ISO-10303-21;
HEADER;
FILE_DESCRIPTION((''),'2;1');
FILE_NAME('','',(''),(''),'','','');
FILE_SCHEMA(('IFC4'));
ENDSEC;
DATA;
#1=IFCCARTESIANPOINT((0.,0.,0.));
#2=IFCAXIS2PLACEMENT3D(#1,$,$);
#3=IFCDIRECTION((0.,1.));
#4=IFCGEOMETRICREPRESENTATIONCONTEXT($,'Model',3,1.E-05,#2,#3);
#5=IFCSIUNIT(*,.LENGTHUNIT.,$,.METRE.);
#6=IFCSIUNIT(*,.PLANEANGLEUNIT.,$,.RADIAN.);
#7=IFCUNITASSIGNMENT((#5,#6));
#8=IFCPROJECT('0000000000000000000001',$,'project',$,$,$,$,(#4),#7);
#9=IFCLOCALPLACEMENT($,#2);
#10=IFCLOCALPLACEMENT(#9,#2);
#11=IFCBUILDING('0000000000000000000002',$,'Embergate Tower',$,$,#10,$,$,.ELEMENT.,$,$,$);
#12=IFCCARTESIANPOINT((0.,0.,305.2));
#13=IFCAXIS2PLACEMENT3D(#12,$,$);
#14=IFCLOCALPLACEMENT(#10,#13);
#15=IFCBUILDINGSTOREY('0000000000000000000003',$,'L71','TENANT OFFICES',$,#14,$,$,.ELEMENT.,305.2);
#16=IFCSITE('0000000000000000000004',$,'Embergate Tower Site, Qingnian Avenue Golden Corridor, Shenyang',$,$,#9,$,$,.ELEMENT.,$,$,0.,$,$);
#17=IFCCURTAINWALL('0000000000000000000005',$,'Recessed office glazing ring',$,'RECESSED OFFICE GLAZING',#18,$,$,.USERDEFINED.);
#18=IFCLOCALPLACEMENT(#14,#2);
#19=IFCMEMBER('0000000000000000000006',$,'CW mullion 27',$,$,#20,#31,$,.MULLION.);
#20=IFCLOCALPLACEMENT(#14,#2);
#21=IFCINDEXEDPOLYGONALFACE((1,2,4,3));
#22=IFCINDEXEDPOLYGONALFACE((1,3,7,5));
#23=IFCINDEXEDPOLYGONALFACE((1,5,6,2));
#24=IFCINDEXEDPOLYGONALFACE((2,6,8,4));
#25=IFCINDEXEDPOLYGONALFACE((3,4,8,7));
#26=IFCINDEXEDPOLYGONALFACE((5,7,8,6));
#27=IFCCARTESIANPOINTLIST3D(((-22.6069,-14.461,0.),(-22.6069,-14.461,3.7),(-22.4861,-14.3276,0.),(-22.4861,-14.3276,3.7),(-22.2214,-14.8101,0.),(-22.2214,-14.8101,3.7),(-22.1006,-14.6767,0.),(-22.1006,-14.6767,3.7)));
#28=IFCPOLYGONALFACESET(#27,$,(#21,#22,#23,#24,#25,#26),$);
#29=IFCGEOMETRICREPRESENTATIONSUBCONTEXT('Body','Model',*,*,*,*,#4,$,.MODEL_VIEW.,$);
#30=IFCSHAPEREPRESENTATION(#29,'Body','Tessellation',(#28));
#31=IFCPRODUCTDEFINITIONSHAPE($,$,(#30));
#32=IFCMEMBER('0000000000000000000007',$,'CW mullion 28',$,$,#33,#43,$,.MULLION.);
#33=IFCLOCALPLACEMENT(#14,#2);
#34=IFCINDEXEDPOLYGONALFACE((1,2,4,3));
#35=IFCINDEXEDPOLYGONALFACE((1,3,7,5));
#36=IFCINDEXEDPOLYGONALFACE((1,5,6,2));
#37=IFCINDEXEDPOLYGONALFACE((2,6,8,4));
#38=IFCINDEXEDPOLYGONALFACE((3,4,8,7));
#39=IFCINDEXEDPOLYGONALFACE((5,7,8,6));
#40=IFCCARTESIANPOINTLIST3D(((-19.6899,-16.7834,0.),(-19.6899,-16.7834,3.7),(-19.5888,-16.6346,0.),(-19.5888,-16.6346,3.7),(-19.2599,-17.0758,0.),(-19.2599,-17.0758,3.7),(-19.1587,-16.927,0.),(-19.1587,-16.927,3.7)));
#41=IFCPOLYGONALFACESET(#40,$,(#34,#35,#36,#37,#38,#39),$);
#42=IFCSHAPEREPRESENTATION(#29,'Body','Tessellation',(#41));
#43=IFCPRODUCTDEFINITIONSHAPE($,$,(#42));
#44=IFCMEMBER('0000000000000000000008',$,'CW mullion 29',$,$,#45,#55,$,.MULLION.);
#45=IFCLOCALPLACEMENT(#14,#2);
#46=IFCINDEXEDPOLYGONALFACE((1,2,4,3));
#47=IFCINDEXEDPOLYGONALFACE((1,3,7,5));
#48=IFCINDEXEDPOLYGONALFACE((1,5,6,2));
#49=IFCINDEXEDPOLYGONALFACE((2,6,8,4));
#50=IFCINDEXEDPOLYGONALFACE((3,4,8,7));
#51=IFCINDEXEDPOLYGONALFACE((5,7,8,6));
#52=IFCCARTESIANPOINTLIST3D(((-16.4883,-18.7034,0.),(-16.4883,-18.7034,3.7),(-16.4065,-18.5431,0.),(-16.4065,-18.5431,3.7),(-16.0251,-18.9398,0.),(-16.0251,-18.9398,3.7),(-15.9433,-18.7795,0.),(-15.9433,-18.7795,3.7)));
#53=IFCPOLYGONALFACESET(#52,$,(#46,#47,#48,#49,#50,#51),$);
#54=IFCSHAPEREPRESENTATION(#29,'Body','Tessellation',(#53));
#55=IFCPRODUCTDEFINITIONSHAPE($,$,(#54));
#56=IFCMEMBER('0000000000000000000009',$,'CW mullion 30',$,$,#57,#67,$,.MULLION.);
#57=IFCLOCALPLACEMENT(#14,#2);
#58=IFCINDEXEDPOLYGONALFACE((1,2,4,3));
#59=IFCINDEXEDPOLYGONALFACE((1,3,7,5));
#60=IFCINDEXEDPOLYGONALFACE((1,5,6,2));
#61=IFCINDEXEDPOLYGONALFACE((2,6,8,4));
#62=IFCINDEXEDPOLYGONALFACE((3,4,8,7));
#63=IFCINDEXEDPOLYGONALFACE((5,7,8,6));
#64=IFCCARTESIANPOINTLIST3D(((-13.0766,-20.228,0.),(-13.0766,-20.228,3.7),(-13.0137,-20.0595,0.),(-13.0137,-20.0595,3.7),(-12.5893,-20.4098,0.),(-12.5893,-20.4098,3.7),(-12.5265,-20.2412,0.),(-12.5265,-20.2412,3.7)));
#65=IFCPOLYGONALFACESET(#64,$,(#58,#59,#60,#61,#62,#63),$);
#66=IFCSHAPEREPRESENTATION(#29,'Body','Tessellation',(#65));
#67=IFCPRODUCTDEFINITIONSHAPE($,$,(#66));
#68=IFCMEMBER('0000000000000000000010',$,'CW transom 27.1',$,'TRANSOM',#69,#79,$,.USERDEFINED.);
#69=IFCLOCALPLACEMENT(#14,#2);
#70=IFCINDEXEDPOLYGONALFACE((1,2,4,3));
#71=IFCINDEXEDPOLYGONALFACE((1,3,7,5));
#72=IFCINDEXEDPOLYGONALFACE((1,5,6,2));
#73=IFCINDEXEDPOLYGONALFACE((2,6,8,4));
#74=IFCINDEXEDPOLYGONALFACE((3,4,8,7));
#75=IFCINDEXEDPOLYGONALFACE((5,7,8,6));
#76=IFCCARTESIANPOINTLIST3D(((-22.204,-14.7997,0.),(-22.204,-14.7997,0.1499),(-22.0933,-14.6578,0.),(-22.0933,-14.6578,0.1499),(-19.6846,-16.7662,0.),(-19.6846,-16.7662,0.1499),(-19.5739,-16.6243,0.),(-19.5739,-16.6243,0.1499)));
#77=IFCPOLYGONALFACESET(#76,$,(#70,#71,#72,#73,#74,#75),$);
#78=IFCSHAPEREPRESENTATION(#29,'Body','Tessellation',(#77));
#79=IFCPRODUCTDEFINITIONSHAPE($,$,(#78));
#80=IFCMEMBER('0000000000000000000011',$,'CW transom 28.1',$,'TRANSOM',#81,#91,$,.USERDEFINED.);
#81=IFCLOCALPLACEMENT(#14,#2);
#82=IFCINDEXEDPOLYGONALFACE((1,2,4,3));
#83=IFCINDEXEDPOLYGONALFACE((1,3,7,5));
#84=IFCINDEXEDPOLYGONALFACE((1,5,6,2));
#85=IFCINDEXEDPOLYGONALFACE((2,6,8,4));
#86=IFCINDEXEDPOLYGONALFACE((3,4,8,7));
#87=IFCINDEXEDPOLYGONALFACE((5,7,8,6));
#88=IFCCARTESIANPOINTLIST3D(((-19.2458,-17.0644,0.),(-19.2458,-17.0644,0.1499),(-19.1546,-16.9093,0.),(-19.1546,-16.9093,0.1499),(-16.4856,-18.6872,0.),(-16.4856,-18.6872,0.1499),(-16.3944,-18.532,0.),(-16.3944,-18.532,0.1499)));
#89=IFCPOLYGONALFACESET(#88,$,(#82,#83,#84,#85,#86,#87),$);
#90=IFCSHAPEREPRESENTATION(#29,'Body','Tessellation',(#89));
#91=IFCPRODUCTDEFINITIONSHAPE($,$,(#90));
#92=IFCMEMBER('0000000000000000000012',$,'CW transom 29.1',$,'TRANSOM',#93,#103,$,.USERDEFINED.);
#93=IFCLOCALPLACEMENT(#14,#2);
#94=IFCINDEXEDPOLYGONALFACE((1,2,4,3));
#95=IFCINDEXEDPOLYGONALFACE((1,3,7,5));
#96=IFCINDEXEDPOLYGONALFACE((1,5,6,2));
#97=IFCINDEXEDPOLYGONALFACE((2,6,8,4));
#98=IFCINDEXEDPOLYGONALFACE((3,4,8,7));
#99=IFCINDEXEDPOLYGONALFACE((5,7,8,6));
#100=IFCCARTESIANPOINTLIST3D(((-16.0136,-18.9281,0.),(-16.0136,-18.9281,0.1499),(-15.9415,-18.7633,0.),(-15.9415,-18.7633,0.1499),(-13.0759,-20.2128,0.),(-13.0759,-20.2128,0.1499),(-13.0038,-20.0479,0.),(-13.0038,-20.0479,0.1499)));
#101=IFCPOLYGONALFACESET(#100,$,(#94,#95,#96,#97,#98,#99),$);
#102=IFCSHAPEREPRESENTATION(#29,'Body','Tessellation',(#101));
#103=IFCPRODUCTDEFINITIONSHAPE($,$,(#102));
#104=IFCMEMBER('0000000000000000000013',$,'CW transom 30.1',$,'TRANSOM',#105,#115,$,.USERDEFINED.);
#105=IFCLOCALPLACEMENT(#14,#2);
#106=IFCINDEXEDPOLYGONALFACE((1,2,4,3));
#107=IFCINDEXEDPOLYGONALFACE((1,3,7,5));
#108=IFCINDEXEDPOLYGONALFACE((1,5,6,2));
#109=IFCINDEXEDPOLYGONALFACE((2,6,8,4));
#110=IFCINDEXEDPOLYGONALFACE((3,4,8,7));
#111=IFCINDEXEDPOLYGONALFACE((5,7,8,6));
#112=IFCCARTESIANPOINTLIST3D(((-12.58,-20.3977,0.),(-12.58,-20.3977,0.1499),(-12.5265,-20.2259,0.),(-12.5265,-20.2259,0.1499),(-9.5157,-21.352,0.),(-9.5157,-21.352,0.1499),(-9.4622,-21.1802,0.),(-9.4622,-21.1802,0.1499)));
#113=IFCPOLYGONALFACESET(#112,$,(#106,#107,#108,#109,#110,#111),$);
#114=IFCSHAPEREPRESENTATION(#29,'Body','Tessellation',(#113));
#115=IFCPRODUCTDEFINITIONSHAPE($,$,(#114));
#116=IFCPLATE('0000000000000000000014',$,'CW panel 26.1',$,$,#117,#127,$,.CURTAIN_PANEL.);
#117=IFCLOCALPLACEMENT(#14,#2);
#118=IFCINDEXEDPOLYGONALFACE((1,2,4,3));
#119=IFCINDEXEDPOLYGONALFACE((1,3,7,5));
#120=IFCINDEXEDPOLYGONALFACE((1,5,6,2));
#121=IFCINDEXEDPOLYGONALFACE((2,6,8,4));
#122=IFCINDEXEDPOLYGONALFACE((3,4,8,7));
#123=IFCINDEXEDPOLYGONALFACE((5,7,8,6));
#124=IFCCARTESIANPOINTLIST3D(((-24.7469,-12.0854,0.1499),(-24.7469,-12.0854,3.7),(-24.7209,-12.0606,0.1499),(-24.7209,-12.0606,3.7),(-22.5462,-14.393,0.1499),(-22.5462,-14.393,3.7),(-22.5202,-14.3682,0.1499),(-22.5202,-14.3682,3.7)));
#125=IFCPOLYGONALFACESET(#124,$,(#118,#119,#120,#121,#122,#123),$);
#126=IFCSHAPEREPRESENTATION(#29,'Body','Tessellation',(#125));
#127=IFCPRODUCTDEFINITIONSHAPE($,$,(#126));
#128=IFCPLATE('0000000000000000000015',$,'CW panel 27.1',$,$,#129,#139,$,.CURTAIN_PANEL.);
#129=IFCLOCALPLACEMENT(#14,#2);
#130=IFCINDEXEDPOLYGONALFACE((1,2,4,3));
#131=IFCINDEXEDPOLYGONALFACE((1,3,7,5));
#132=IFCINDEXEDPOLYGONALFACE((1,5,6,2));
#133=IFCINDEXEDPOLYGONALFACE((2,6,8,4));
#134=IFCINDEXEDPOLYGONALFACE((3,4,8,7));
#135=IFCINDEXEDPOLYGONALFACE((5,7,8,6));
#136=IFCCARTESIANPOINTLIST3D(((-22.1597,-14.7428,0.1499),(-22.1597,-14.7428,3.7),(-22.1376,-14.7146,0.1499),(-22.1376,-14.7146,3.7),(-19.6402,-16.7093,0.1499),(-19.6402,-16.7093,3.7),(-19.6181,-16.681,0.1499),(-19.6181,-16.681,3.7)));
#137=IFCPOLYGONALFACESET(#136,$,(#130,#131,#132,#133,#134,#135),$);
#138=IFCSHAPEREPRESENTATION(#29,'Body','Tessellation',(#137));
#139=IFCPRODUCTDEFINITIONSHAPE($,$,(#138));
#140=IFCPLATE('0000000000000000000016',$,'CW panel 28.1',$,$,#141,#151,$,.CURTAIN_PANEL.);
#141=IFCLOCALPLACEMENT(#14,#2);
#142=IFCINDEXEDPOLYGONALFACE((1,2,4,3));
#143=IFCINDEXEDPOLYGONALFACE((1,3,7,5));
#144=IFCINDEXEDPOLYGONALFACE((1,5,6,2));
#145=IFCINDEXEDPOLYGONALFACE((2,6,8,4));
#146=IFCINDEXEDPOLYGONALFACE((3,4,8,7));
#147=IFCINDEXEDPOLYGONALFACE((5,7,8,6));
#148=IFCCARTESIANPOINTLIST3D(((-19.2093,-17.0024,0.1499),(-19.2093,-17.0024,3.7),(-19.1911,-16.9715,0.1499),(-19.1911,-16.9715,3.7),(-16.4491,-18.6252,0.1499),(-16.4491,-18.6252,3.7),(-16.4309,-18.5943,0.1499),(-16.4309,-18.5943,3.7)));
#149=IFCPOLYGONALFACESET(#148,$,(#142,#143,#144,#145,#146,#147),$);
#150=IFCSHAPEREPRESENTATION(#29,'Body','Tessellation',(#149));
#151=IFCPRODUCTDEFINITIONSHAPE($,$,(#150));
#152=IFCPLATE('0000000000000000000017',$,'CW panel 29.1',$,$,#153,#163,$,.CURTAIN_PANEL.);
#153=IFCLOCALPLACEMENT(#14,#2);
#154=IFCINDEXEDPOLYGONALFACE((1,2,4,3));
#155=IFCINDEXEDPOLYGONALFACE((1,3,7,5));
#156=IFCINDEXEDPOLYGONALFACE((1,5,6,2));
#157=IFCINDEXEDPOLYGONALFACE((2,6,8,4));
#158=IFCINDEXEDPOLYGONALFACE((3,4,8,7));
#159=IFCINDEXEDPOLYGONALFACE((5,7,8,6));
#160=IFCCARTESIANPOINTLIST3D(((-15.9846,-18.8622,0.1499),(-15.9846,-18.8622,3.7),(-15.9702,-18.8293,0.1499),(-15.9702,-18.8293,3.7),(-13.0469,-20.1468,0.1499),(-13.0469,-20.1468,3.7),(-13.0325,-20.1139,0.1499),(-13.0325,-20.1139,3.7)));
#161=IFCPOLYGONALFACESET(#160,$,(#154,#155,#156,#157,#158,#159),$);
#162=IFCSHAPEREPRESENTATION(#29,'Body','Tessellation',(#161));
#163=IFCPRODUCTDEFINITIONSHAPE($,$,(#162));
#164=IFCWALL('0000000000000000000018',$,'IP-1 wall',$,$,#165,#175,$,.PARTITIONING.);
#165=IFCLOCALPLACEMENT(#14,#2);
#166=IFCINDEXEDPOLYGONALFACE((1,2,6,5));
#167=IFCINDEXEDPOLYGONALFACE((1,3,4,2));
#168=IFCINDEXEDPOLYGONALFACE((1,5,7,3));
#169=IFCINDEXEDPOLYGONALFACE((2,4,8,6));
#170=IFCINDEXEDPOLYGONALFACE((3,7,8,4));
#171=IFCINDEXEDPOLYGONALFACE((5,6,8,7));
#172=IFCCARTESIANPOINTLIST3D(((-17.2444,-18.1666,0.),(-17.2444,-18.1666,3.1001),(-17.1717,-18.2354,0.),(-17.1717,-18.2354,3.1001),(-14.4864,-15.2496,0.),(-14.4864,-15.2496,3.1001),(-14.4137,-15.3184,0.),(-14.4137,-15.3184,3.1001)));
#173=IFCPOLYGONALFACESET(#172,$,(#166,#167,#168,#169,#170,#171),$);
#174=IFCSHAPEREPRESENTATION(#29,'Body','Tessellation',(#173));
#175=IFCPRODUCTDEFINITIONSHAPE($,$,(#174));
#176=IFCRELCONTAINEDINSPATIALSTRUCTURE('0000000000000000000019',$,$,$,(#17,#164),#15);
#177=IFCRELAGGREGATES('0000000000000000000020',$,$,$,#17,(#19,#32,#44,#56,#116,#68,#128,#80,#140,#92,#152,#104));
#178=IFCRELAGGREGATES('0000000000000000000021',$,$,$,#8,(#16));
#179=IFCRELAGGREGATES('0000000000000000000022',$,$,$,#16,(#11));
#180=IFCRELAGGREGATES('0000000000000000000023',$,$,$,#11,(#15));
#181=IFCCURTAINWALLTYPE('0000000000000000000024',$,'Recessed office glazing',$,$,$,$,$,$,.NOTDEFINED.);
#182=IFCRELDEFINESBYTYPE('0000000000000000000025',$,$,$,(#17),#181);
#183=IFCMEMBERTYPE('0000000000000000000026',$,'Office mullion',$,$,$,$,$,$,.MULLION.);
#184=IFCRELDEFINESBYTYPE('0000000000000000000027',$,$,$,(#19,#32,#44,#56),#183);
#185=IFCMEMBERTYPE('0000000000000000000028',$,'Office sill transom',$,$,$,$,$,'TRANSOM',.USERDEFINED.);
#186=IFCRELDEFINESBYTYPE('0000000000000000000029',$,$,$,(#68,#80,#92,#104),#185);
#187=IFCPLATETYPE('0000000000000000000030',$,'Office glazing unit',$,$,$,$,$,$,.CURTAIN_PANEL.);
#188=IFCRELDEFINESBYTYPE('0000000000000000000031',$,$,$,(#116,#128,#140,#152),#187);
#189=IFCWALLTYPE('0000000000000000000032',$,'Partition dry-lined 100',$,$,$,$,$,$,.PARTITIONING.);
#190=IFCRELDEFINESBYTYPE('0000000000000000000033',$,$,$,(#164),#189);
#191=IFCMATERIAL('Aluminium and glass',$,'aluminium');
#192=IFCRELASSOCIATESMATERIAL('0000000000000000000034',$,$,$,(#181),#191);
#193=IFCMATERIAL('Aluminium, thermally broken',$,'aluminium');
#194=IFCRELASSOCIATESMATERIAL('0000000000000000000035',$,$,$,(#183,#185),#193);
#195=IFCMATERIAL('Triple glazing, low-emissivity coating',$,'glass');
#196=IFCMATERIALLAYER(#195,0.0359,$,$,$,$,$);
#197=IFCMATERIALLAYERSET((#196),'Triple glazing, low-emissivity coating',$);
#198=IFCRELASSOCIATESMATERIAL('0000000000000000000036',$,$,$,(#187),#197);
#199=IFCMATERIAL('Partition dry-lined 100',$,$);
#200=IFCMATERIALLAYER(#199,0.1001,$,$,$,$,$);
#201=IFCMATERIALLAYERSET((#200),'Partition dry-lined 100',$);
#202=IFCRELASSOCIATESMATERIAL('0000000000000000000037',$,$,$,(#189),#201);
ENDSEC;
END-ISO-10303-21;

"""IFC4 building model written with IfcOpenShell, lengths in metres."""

from ifc_helpers import new_model, si_unit, direction, frame, frame_2d, origin, origin_2d, place, context, subcontext, project, spatial, rectangle, extrude, source, transform, mapped, material, layer, layer_set, material_profile, profile_set, type_object, element, aggregate, save


model = new_model("IFC4")

# Units and contexts
model_context = context("Model", 3, precision=1e-05, world=origin(), true_north=direction((0.0, 1.0)))
body_context = subcontext(model_context, "Body", "Model", "MODEL_VIEW")
ifc_project = project(units=[si_unit("LENGTHUNIT", "METRE"), si_unit("PLANEANGLEUNIT", "RADIAN")], contexts=[model_context])

# Site, building, storey
site_placement = place(None, origin())
site = spatial("IfcSite", under=ifc_project, at=site_placement, Name="Embergate Tower Site, Qingnian Avenue Golden Corridor, Shenyang", CompositionType="ELEMENT", RefElevation=0.0)
building_placement = place(site_placement, origin())
building = spatial("IfcBuilding", under=site, at=building_placement, Name="Embergate Tower", CompositionType="ELEMENT")
storey_placement = place(building_placement, frame((0.0, 0.0, 305.2)))
storey = spatial("IfcBuildingStorey", under=building, at=storey_placement, Name="L71", Description="TENANT OFFICES", CompositionType="ELEMENT", Elevation=305.2)

# Curtain wall, members, plates
ifc_material_1 = material(Name="Aluminium and glass", Category="aluminium")
curtain_wall_type = type_object("IfcCurtainWallType", Name="Recessed office glazing", PredefinedType="NOTDEFINED", material=ifc_material_1)
curtain_wall_placement = place(storey_placement, origin())
curtain_wall = element("IfcCurtainWall", 1, at=curtain_wall_placement, inside=storey, type_object=curtain_wall_type, Name="Recessed office glazing ring", ObjectType="RECESSED OFFICE GLAZING", PredefinedType="USERDEFINED")
ifc_material_2 = material(Name="Aluminium, thermally broken", Category="aluminium")
ifc_material_profile_1 = material_profile(ifc_material_2, rectangle(XDim=0.1799, YDim=0.52, at=origin_2d()), Name="AL 520x180")
ifc_profile_set_1 = profile_set([ifc_material_profile_1], Name="Aluminium, thermally broken")
member_type_1 = type_object("IfcMemberType", Name="Office mullion", PredefinedType="MULLION", material=ifc_profile_set_1)
shared_shape_1 = source(origin(), body_context, "Body", "SweptSolid", [
    extrude(rectangle(XDim=0.1799, YDim=0.52, at=origin_2d()), origin(), (0.0, 0.0, 1.0), 3.7),
])
member_1_placement = place(storey_placement, frame((-22.3538, -14.5688, 0.0), z_axis=(0.0, 0.0, 1.0), x_axis=(0.67122, 0.741258, 0.0)))
member_1 = element("IfcMember", 2, at=member_1_placement, type_object=member_type_1, Name="CW mullion 27", PredefinedType="MULLION", context=body_context, shape_type="MappedRepresentation", body=[
    mapped(shared_shape_1, transform((0.0, 0.0, 0.0))),
])
member_2_placement = place(storey_placement, frame((-19.4243, -16.8552, 0.0), z_axis=(0.0, 0.0, 1.0), x_axis=(0.562213, 0.826992, 0.0)))
member_2 = element("IfcMember", 3, at=member_2_placement, type_object=member_type_1, Name="CW mullion 28", PredefinedType="MULLION", context=body_context, shape_type="MappedRepresentation", body=[
    mapped(shared_shape_1, transform((0.0, 0.0, 0.0))),
])
member_3_placement = place(storey_placement, frame((-16.2158, -18.7415, 0.0), z_axis=(0.0, 0.0, 1.0), x_axis=(0.454508, 0.890743, 0.0)))
member_3 = element("IfcMember", 4, at=member_3_placement, type_object=member_type_1, Name="CW mullion 29", PredefinedType="MULLION", context=body_context, shape_type="MappedRepresentation", body=[
    mapped(shared_shape_1, transform((0.0, 0.0, 0.0))),
])
member_4_placement = place(storey_placement, frame((-12.8015, -20.2346, 0.0), z_axis=(0.0, 0.0, 1.0), x_axis=(0.349501, 0.936936, 0.0)))
member_4 = element("IfcMember", 5, at=member_4_placement, type_object=member_type_1, Name="CW mullion 30", PredefinedType="MULLION", context=body_context, shape_type="MappedRepresentation", body=[
    mapped(shared_shape_1, transform((0.0, 0.0, 0.0))),
])
ifc_material_profile_2 = material_profile(ifc_material_2, rectangle(XDim=0.1799, YDim=0.1499, at=origin_2d()), Name="AL 150x180")
ifc_profile_set_2 = profile_set([ifc_material_profile_2], Name="Aluminium, thermally broken")
member_type_2 = type_object("IfcMemberType", Name="Office sill transom", ElementType="TRANSOM", PredefinedType="USERDEFINED", material=ifc_profile_set_2)
shared_shape_2 = source(origin(), body_context, "Body", "SweptSolid", [
    extrude(rectangle(XDim=0.1799, YDim=0.1499, at=origin_2d()), origin(), (0.0, 0.0, 1.0), 3.196),
])
member_5_placement = place(storey_placement, frame((-22.1487, -14.7288, 0.075), z_axis=(0.788302, -0.615288, 0.0), x_axis=(0.615288, 0.788302, 0.0)))
member_5 = element("IfcMember", 6, at=member_5_placement, type_object=member_type_2, Name="CW transom 27.1", ObjectType="TRANSOM", PredefinedType="USERDEFINED", context=body_context, shape_type="MappedRepresentation", body=[
    mapped(shared_shape_2, transform((0.0, 0.0, 0.0))),
])
shared_shape_3 = source(origin(), body_context, "Body", "SweptSolid", [
    extrude(rectangle(XDim=0.1799, YDim=0.1499, at=origin_2d()), origin(), (0.0, 0.0, 1.0), 3.2019),
])
member_6_placement = place(storey_placement, frame((-19.2002, -16.9868, 0.075), z_axis=(0.862054, -0.506817, 0.0), x_axis=(0.506817, 0.862054, 0.0)))
member_6 = element("IfcMember", 7, at=member_6_placement, type_object=member_type_2, Name="CW transom 28.1", ObjectType="TRANSOM", PredefinedType="USERDEFINED", context=body_context, shape_type="MappedRepresentation", body=[
    mapped(shared_shape_3, transform((0.0, 0.0, 0.0))),
])
shared_shape_4 = source(origin(), body_context, "Body", "SweptSolid", [
    extrude(rectangle(XDim=0.1799, YDim=0.1499, at=origin_2d()), origin(), (0.0, 0.0, 1.0), 3.2063),
])
member_7_placement = place(storey_placement, frame((-15.9775, -18.8457, 0.075), z_axis=(0.916225, -0.400663, 0.0), x_axis=(0.400663, 0.916225, 0.0)))
member_7 = element("IfcMember", 8, at=member_7_placement, type_object=member_type_2, Name="CW transom 29.1", ObjectType="TRANSOM", PredefinedType="USERDEFINED", context=body_context, shape_type="MappedRepresentation", body=[
    mapped(shared_shape_4, transform((0.0, 0.0, 0.0))),
])
shared_shape_5 = source(origin(), body_context, "Body", "SweptSolid", [
    extrude(rectangle(XDim=0.1799, YDim=0.1499, at=origin_2d()), origin(), (0.0, 0.0, 1.0), 3.2095),
])
member_8_placement = place(storey_placement, frame((-12.5532, -20.3118, 0.075), z_axis=(0.954765, -0.297361, 0.0), x_axis=(0.297361, 0.954765, 0.0)))
member_8 = element("IfcMember", 9, at=member_8_placement, type_object=member_type_2, Name="CW transom 30.1", ObjectType="TRANSOM", PredefinedType="USERDEFINED", context=body_context, shape_type="MappedRepresentation", body=[
    mapped(shared_shape_5, transform((0.0, 0.0, 0.0))),
])
ifc_material_3 = material(Name="Triple glazing, low-emissivity coating", Category="glass")
ifc_layer_1 = layer(ifc_material_3, 0.0359)
ifc_layer_set_1 = layer_set([ifc_layer_1], Name="Triple glazing, low-emissivity coating")
plate_type = type_object("IfcPlateType", Name="Office glazing unit", PredefinedType="CURTAIN_PANEL", material=ifc_layer_set_1)
shared_shape_6 = source(origin(), body_context, "Body", "SweptSolid", [
    extrude(rectangle(XDim=3.1887, YDim=0.0359, at=origin_2d()), origin(), (0.0, 0.0, 1.0), 3.55),
])
plate_1_placement = place(storey_placement, frame((-23.6335, -13.2268, 0.1499), z_axis=(0.0, 0.0, 1.0), x_axis=(0.690133, -0.723683, 0.0)))
plate_1 = element("IfcPlate", 10, at=plate_1_placement, type_object=plate_type, Name="CW panel 26.1", PredefinedType="CURTAIN_PANEL", context=body_context, shape_type="MappedRepresentation", body=[
    mapped(shared_shape_6, transform((0.0, 0.0, 0.0))),
])
shared_shape_7 = source(origin(), body_context, "Body", "SweptSolid", [
    extrude(rectangle(XDim=3.196, YDim=0.0359, at=origin_2d()), origin(), (0.0, 0.0, 1.0), 3.55),
])
plate_2_placement = place(storey_placement, frame((-20.8889, -15.7119, 0.1499), z_axis=(0.0, 0.0, 1.0), x_axis=(0.788318, -0.615268, 0.0)))
plate_2 = element("IfcPlate", 11, at=plate_2_placement, type_object=plate_type, Name="CW panel 27.1", PredefinedType="CURTAIN_PANEL", context=body_context, shape_type="MappedRepresentation", body=[
    mapped(shared_shape_7, transform((0.0, 0.0, 0.0))),
])
shared_shape_8 = source(origin(), body_context, "Body", "SweptSolid", [
    extrude(rectangle(XDim=3.2019, YDim=0.0359, at=origin_2d()), origin(), (0.0, 0.0, 1.0), 3.55),
])
plate_3_placement = place(storey_placement, frame((-17.8201, -17.7983, 0.1499), z_axis=(0.0, 0.0, 1.0), x_axis=(0.862051, -0.506822, 0.0)))
plate_3 = element("IfcPlate", 12, at=plate_3_placement, type_object=plate_type, Name="CW panel 28.1", PredefinedType="CURTAIN_PANEL", context=body_context, shape_type="MappedRepresentation", body=[
    mapped(shared_shape_8, transform((0.0, 0.0, 0.0))),
])
shared_shape_9 = source(origin(), body_context, "Body", "SweptSolid", [
    extrude(rectangle(XDim=3.2063, YDim=0.0359, at=origin_2d()), origin(), (0.0, 0.0, 1.0), 3.55),
])
plate_4_placement = place(storey_placement, frame((-14.5085, -19.488, 0.1499), z_axis=(0.0, 0.0, 1.0), x_axis=(0.916234, -0.400643, 0.0)))
plate_4 = element("IfcPlate", 13, at=plate_4_placement, type_object=plate_type, Name="CW panel 29.1", PredefinedType="CURTAIN_PANEL", context=body_context, shape_type="MappedRepresentation", body=[
    mapped(shared_shape_9, transform((0.0, 0.0, 0.0))),
])
aggregate(curtain_wall, [member_1, member_2, member_3, member_4, plate_1, member_5, plate_2, member_6, plate_3, member_7, plate_4, member_8])

# Wall
ifc_material_4 = material(Name="Partition dry-lined 100")
ifc_layer_2 = layer(ifc_material_4, 0.1001)
ifc_layer_set_2 = layer_set([ifc_layer_2], Name="Partition dry-lined 100")
wall_type = type_object("IfcWallType", Name="Partition dry-lined 100", PredefinedType="PARTITIONING", material=ifc_layer_set_2)
shared_shape_10 = source(origin(), body_context, "Body", "SweptSolid", [
    extrude(rectangle(XDim=4.0144, YDim=0.1001, at=frame_2d((2.0073, 0.0))), origin(), (0.0, 0.0, 1.0), 3.1001),
])
wall_placement = place(storey_placement, frame((-14.45, -15.2839, 0.0), z_axis=(0.0, 0.0, 1.0), x_axis=(-0.687034, -0.726625, 0.0)))
element("IfcWall", 14, at=wall_placement, inside=storey, type_object=wall_type, Name="IP-1 wall", PredefinedType="PARTITIONING", context=body_context, shape_type="MappedRepresentation", body=[
    mapped(shared_shape_10, transform((0.0, 0.0, 0.0))),
])

save(model, "model.ifc")
